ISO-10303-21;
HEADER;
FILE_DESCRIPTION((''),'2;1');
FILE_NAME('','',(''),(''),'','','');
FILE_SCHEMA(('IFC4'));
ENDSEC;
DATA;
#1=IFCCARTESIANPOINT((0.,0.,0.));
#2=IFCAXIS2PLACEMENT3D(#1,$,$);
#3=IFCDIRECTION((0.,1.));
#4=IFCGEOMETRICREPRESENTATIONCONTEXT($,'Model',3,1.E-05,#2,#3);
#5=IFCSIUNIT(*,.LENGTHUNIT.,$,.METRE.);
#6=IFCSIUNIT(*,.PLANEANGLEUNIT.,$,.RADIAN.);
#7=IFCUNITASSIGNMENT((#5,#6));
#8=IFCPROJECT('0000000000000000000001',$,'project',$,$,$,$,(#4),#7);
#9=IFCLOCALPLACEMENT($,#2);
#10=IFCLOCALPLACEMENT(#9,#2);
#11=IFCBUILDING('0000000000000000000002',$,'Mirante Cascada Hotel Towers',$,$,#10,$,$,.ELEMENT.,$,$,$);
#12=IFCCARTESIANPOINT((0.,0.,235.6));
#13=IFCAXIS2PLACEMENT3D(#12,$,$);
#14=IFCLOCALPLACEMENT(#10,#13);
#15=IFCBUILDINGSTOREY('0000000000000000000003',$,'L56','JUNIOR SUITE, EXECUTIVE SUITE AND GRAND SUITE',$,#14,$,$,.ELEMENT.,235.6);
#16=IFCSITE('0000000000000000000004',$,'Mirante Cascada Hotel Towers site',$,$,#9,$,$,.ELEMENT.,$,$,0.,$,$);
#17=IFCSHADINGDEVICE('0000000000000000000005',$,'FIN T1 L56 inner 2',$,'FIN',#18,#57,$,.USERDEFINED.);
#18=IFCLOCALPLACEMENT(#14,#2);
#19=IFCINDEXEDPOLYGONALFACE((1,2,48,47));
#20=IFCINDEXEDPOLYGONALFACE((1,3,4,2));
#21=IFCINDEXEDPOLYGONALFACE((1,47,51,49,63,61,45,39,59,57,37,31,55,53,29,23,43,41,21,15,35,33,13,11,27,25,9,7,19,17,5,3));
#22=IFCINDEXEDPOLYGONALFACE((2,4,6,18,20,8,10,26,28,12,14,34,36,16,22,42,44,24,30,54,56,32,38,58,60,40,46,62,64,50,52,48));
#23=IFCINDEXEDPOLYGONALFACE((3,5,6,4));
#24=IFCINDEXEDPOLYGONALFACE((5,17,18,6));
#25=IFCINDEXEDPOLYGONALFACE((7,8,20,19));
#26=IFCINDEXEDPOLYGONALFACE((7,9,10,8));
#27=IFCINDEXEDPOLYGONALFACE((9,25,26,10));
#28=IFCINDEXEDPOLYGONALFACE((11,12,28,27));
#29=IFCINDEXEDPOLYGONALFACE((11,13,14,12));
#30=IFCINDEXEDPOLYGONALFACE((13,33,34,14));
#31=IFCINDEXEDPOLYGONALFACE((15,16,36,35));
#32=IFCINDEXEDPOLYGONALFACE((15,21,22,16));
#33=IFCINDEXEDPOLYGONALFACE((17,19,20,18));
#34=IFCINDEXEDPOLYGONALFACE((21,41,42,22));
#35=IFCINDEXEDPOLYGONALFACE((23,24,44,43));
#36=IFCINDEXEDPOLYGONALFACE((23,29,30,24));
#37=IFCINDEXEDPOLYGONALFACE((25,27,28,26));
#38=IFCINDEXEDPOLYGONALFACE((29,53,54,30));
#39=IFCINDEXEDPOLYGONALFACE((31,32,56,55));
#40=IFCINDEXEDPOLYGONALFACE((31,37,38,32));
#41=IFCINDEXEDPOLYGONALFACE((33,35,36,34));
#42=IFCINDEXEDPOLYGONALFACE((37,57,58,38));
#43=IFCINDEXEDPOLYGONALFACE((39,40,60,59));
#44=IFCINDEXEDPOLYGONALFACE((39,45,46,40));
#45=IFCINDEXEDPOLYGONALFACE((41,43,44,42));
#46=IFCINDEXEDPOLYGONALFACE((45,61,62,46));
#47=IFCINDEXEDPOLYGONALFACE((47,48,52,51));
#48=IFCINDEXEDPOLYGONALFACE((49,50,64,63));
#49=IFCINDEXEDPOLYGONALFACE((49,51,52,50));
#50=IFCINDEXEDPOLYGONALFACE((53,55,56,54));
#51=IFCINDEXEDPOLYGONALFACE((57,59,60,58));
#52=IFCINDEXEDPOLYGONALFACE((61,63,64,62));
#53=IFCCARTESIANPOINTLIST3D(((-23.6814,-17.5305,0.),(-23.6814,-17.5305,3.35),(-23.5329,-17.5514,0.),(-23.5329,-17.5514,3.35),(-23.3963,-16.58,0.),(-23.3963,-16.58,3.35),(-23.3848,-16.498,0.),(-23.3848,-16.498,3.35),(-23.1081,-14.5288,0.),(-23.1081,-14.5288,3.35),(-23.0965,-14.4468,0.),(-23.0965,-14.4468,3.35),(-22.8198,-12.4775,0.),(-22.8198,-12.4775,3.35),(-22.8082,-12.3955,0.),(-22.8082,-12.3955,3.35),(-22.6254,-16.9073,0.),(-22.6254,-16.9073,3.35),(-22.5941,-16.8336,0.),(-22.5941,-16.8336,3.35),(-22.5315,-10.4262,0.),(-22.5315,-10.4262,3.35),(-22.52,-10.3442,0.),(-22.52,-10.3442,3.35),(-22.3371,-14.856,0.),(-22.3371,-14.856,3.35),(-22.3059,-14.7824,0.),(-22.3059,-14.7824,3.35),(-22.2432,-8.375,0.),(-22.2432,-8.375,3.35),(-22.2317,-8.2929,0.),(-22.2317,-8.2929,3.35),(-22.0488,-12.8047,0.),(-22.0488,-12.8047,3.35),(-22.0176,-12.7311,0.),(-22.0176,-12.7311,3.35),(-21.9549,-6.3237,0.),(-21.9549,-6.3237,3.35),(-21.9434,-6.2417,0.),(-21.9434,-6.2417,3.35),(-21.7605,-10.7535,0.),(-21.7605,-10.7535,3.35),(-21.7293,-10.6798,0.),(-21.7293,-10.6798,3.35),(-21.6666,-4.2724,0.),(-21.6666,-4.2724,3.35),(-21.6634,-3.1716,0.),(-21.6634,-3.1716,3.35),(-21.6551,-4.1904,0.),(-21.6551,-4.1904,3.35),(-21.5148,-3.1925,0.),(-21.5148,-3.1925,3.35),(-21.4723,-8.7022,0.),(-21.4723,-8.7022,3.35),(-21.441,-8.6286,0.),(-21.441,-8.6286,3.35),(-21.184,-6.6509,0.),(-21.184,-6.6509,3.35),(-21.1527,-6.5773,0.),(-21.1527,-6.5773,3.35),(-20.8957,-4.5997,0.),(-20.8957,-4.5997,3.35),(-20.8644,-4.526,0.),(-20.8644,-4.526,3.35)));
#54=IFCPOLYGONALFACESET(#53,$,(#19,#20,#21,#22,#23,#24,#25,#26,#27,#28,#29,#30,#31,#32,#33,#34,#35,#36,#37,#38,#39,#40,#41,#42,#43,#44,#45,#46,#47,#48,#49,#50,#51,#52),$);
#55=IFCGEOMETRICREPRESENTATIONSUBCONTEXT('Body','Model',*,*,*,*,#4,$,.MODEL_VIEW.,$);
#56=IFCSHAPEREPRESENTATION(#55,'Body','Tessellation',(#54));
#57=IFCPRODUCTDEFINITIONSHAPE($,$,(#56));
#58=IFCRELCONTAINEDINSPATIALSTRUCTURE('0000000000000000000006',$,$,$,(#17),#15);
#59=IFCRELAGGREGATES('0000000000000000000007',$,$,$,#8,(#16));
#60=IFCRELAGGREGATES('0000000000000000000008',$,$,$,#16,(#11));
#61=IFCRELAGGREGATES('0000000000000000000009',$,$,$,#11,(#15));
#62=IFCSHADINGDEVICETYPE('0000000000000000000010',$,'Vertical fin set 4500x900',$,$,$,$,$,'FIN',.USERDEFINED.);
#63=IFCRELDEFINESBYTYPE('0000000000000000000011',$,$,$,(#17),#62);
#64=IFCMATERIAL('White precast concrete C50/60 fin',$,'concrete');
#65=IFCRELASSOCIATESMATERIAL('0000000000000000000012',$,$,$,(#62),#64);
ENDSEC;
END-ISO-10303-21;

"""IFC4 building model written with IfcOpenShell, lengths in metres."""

from ifc_helpers import new_model, si_unit, direction, frame, origin, place, context, subcontext, project, spatial, polyline, outline, extrude, material, type_object, element, save


model = new_model("IFC4")

# Units and contexts
model_context = context("Model", 3, precision=1e-05, world=origin(), true_north=direction((0.0, 1.0)))
body_context = subcontext(model_context, "Body", "Model", "MODEL_VIEW")
ifc_project = project(units=[si_unit("LENGTHUNIT", "METRE"), si_unit("PLANEANGLEUNIT", "RADIAN")], contexts=[model_context])

# Site, building, storey
site_placement = place(None, origin())
site = spatial("IfcSite", under=ifc_project, at=site_placement, Name="Mirante Cascada Hotel Towers site", CompositionType="ELEMENT", RefElevation=0.0)
building_placement = place(site_placement, origin())
building = spatial("IfcBuilding", under=site, at=building_placement, Name="Mirante Cascada Hotel Towers", CompositionType="ELEMENT")
storey_placement = place(building_placement, frame((0.0, 0.0, 235.6)))
storey = spatial("IfcBuildingStorey", under=building, at=storey_placement, Name="L56", Description="JUNIOR SUITE, EXECUTIVE SUITE AND GRAND SUITE", CompositionType="ELEMENT", Elevation=235.6)

# Shading device
ifc_material_1 = material(Name="White precast concrete C50/60 fin", Category="concrete")
shading_device_type = type_object("IfcShadingDeviceType", Name="Vertical fin set 4500x900", ElementType="FIN", PredefinedType="USERDEFINED", material=ifc_material_1)
shading_device_1_placement = place(storey_placement, origin())
element("IfcShadingDevice", 1, at=shading_device_1_placement, inside=storey, type_object=shading_device_type, Name="FIN T1 L56 inner 2", ObjectType="FIN", PredefinedType="USERDEFINED", context=body_context, shape_type="SweptSolid", body=[
    extrude(outline(polyline([(-23.3963, -16.58), (-23.5329, -17.5514), (-23.6814, -17.5305), (-21.6634, -3.1716), (-21.5148, -3.1925), (-21.6551, -4.1904), (-20.8644, -4.526), (-20.8957, -4.5997), (-21.6666, -4.2724), (-21.9434, -6.2417), (-21.1527, -6.5773), (-21.184, -6.6509), (-21.9549, -6.3237), (-22.2317, -8.2929), (-21.441, -8.6286), (-21.4723, -8.7022), (-22.2432, -8.375), (-22.52, -10.3442), (-21.7293, -10.6798), (-21.7605, -10.7535), (-22.5315, -10.4262), (-22.8082, -12.3955), (-22.0176, -12.7311), (-22.0488, -12.8047), (-22.8198, -12.4775), (-23.0965, -14.4468), (-22.3059, -14.7824), (-22.3371, -14.856), (-23.1081, -14.5288), (-23.3848, -16.498), (-22.5941, -16.8336), (-22.6254, -16.9073), (-23.3963, -16.58)])), origin(), (0.0, 0.0, 1.0), 3.35),
])

save(model, "model.ifc")
